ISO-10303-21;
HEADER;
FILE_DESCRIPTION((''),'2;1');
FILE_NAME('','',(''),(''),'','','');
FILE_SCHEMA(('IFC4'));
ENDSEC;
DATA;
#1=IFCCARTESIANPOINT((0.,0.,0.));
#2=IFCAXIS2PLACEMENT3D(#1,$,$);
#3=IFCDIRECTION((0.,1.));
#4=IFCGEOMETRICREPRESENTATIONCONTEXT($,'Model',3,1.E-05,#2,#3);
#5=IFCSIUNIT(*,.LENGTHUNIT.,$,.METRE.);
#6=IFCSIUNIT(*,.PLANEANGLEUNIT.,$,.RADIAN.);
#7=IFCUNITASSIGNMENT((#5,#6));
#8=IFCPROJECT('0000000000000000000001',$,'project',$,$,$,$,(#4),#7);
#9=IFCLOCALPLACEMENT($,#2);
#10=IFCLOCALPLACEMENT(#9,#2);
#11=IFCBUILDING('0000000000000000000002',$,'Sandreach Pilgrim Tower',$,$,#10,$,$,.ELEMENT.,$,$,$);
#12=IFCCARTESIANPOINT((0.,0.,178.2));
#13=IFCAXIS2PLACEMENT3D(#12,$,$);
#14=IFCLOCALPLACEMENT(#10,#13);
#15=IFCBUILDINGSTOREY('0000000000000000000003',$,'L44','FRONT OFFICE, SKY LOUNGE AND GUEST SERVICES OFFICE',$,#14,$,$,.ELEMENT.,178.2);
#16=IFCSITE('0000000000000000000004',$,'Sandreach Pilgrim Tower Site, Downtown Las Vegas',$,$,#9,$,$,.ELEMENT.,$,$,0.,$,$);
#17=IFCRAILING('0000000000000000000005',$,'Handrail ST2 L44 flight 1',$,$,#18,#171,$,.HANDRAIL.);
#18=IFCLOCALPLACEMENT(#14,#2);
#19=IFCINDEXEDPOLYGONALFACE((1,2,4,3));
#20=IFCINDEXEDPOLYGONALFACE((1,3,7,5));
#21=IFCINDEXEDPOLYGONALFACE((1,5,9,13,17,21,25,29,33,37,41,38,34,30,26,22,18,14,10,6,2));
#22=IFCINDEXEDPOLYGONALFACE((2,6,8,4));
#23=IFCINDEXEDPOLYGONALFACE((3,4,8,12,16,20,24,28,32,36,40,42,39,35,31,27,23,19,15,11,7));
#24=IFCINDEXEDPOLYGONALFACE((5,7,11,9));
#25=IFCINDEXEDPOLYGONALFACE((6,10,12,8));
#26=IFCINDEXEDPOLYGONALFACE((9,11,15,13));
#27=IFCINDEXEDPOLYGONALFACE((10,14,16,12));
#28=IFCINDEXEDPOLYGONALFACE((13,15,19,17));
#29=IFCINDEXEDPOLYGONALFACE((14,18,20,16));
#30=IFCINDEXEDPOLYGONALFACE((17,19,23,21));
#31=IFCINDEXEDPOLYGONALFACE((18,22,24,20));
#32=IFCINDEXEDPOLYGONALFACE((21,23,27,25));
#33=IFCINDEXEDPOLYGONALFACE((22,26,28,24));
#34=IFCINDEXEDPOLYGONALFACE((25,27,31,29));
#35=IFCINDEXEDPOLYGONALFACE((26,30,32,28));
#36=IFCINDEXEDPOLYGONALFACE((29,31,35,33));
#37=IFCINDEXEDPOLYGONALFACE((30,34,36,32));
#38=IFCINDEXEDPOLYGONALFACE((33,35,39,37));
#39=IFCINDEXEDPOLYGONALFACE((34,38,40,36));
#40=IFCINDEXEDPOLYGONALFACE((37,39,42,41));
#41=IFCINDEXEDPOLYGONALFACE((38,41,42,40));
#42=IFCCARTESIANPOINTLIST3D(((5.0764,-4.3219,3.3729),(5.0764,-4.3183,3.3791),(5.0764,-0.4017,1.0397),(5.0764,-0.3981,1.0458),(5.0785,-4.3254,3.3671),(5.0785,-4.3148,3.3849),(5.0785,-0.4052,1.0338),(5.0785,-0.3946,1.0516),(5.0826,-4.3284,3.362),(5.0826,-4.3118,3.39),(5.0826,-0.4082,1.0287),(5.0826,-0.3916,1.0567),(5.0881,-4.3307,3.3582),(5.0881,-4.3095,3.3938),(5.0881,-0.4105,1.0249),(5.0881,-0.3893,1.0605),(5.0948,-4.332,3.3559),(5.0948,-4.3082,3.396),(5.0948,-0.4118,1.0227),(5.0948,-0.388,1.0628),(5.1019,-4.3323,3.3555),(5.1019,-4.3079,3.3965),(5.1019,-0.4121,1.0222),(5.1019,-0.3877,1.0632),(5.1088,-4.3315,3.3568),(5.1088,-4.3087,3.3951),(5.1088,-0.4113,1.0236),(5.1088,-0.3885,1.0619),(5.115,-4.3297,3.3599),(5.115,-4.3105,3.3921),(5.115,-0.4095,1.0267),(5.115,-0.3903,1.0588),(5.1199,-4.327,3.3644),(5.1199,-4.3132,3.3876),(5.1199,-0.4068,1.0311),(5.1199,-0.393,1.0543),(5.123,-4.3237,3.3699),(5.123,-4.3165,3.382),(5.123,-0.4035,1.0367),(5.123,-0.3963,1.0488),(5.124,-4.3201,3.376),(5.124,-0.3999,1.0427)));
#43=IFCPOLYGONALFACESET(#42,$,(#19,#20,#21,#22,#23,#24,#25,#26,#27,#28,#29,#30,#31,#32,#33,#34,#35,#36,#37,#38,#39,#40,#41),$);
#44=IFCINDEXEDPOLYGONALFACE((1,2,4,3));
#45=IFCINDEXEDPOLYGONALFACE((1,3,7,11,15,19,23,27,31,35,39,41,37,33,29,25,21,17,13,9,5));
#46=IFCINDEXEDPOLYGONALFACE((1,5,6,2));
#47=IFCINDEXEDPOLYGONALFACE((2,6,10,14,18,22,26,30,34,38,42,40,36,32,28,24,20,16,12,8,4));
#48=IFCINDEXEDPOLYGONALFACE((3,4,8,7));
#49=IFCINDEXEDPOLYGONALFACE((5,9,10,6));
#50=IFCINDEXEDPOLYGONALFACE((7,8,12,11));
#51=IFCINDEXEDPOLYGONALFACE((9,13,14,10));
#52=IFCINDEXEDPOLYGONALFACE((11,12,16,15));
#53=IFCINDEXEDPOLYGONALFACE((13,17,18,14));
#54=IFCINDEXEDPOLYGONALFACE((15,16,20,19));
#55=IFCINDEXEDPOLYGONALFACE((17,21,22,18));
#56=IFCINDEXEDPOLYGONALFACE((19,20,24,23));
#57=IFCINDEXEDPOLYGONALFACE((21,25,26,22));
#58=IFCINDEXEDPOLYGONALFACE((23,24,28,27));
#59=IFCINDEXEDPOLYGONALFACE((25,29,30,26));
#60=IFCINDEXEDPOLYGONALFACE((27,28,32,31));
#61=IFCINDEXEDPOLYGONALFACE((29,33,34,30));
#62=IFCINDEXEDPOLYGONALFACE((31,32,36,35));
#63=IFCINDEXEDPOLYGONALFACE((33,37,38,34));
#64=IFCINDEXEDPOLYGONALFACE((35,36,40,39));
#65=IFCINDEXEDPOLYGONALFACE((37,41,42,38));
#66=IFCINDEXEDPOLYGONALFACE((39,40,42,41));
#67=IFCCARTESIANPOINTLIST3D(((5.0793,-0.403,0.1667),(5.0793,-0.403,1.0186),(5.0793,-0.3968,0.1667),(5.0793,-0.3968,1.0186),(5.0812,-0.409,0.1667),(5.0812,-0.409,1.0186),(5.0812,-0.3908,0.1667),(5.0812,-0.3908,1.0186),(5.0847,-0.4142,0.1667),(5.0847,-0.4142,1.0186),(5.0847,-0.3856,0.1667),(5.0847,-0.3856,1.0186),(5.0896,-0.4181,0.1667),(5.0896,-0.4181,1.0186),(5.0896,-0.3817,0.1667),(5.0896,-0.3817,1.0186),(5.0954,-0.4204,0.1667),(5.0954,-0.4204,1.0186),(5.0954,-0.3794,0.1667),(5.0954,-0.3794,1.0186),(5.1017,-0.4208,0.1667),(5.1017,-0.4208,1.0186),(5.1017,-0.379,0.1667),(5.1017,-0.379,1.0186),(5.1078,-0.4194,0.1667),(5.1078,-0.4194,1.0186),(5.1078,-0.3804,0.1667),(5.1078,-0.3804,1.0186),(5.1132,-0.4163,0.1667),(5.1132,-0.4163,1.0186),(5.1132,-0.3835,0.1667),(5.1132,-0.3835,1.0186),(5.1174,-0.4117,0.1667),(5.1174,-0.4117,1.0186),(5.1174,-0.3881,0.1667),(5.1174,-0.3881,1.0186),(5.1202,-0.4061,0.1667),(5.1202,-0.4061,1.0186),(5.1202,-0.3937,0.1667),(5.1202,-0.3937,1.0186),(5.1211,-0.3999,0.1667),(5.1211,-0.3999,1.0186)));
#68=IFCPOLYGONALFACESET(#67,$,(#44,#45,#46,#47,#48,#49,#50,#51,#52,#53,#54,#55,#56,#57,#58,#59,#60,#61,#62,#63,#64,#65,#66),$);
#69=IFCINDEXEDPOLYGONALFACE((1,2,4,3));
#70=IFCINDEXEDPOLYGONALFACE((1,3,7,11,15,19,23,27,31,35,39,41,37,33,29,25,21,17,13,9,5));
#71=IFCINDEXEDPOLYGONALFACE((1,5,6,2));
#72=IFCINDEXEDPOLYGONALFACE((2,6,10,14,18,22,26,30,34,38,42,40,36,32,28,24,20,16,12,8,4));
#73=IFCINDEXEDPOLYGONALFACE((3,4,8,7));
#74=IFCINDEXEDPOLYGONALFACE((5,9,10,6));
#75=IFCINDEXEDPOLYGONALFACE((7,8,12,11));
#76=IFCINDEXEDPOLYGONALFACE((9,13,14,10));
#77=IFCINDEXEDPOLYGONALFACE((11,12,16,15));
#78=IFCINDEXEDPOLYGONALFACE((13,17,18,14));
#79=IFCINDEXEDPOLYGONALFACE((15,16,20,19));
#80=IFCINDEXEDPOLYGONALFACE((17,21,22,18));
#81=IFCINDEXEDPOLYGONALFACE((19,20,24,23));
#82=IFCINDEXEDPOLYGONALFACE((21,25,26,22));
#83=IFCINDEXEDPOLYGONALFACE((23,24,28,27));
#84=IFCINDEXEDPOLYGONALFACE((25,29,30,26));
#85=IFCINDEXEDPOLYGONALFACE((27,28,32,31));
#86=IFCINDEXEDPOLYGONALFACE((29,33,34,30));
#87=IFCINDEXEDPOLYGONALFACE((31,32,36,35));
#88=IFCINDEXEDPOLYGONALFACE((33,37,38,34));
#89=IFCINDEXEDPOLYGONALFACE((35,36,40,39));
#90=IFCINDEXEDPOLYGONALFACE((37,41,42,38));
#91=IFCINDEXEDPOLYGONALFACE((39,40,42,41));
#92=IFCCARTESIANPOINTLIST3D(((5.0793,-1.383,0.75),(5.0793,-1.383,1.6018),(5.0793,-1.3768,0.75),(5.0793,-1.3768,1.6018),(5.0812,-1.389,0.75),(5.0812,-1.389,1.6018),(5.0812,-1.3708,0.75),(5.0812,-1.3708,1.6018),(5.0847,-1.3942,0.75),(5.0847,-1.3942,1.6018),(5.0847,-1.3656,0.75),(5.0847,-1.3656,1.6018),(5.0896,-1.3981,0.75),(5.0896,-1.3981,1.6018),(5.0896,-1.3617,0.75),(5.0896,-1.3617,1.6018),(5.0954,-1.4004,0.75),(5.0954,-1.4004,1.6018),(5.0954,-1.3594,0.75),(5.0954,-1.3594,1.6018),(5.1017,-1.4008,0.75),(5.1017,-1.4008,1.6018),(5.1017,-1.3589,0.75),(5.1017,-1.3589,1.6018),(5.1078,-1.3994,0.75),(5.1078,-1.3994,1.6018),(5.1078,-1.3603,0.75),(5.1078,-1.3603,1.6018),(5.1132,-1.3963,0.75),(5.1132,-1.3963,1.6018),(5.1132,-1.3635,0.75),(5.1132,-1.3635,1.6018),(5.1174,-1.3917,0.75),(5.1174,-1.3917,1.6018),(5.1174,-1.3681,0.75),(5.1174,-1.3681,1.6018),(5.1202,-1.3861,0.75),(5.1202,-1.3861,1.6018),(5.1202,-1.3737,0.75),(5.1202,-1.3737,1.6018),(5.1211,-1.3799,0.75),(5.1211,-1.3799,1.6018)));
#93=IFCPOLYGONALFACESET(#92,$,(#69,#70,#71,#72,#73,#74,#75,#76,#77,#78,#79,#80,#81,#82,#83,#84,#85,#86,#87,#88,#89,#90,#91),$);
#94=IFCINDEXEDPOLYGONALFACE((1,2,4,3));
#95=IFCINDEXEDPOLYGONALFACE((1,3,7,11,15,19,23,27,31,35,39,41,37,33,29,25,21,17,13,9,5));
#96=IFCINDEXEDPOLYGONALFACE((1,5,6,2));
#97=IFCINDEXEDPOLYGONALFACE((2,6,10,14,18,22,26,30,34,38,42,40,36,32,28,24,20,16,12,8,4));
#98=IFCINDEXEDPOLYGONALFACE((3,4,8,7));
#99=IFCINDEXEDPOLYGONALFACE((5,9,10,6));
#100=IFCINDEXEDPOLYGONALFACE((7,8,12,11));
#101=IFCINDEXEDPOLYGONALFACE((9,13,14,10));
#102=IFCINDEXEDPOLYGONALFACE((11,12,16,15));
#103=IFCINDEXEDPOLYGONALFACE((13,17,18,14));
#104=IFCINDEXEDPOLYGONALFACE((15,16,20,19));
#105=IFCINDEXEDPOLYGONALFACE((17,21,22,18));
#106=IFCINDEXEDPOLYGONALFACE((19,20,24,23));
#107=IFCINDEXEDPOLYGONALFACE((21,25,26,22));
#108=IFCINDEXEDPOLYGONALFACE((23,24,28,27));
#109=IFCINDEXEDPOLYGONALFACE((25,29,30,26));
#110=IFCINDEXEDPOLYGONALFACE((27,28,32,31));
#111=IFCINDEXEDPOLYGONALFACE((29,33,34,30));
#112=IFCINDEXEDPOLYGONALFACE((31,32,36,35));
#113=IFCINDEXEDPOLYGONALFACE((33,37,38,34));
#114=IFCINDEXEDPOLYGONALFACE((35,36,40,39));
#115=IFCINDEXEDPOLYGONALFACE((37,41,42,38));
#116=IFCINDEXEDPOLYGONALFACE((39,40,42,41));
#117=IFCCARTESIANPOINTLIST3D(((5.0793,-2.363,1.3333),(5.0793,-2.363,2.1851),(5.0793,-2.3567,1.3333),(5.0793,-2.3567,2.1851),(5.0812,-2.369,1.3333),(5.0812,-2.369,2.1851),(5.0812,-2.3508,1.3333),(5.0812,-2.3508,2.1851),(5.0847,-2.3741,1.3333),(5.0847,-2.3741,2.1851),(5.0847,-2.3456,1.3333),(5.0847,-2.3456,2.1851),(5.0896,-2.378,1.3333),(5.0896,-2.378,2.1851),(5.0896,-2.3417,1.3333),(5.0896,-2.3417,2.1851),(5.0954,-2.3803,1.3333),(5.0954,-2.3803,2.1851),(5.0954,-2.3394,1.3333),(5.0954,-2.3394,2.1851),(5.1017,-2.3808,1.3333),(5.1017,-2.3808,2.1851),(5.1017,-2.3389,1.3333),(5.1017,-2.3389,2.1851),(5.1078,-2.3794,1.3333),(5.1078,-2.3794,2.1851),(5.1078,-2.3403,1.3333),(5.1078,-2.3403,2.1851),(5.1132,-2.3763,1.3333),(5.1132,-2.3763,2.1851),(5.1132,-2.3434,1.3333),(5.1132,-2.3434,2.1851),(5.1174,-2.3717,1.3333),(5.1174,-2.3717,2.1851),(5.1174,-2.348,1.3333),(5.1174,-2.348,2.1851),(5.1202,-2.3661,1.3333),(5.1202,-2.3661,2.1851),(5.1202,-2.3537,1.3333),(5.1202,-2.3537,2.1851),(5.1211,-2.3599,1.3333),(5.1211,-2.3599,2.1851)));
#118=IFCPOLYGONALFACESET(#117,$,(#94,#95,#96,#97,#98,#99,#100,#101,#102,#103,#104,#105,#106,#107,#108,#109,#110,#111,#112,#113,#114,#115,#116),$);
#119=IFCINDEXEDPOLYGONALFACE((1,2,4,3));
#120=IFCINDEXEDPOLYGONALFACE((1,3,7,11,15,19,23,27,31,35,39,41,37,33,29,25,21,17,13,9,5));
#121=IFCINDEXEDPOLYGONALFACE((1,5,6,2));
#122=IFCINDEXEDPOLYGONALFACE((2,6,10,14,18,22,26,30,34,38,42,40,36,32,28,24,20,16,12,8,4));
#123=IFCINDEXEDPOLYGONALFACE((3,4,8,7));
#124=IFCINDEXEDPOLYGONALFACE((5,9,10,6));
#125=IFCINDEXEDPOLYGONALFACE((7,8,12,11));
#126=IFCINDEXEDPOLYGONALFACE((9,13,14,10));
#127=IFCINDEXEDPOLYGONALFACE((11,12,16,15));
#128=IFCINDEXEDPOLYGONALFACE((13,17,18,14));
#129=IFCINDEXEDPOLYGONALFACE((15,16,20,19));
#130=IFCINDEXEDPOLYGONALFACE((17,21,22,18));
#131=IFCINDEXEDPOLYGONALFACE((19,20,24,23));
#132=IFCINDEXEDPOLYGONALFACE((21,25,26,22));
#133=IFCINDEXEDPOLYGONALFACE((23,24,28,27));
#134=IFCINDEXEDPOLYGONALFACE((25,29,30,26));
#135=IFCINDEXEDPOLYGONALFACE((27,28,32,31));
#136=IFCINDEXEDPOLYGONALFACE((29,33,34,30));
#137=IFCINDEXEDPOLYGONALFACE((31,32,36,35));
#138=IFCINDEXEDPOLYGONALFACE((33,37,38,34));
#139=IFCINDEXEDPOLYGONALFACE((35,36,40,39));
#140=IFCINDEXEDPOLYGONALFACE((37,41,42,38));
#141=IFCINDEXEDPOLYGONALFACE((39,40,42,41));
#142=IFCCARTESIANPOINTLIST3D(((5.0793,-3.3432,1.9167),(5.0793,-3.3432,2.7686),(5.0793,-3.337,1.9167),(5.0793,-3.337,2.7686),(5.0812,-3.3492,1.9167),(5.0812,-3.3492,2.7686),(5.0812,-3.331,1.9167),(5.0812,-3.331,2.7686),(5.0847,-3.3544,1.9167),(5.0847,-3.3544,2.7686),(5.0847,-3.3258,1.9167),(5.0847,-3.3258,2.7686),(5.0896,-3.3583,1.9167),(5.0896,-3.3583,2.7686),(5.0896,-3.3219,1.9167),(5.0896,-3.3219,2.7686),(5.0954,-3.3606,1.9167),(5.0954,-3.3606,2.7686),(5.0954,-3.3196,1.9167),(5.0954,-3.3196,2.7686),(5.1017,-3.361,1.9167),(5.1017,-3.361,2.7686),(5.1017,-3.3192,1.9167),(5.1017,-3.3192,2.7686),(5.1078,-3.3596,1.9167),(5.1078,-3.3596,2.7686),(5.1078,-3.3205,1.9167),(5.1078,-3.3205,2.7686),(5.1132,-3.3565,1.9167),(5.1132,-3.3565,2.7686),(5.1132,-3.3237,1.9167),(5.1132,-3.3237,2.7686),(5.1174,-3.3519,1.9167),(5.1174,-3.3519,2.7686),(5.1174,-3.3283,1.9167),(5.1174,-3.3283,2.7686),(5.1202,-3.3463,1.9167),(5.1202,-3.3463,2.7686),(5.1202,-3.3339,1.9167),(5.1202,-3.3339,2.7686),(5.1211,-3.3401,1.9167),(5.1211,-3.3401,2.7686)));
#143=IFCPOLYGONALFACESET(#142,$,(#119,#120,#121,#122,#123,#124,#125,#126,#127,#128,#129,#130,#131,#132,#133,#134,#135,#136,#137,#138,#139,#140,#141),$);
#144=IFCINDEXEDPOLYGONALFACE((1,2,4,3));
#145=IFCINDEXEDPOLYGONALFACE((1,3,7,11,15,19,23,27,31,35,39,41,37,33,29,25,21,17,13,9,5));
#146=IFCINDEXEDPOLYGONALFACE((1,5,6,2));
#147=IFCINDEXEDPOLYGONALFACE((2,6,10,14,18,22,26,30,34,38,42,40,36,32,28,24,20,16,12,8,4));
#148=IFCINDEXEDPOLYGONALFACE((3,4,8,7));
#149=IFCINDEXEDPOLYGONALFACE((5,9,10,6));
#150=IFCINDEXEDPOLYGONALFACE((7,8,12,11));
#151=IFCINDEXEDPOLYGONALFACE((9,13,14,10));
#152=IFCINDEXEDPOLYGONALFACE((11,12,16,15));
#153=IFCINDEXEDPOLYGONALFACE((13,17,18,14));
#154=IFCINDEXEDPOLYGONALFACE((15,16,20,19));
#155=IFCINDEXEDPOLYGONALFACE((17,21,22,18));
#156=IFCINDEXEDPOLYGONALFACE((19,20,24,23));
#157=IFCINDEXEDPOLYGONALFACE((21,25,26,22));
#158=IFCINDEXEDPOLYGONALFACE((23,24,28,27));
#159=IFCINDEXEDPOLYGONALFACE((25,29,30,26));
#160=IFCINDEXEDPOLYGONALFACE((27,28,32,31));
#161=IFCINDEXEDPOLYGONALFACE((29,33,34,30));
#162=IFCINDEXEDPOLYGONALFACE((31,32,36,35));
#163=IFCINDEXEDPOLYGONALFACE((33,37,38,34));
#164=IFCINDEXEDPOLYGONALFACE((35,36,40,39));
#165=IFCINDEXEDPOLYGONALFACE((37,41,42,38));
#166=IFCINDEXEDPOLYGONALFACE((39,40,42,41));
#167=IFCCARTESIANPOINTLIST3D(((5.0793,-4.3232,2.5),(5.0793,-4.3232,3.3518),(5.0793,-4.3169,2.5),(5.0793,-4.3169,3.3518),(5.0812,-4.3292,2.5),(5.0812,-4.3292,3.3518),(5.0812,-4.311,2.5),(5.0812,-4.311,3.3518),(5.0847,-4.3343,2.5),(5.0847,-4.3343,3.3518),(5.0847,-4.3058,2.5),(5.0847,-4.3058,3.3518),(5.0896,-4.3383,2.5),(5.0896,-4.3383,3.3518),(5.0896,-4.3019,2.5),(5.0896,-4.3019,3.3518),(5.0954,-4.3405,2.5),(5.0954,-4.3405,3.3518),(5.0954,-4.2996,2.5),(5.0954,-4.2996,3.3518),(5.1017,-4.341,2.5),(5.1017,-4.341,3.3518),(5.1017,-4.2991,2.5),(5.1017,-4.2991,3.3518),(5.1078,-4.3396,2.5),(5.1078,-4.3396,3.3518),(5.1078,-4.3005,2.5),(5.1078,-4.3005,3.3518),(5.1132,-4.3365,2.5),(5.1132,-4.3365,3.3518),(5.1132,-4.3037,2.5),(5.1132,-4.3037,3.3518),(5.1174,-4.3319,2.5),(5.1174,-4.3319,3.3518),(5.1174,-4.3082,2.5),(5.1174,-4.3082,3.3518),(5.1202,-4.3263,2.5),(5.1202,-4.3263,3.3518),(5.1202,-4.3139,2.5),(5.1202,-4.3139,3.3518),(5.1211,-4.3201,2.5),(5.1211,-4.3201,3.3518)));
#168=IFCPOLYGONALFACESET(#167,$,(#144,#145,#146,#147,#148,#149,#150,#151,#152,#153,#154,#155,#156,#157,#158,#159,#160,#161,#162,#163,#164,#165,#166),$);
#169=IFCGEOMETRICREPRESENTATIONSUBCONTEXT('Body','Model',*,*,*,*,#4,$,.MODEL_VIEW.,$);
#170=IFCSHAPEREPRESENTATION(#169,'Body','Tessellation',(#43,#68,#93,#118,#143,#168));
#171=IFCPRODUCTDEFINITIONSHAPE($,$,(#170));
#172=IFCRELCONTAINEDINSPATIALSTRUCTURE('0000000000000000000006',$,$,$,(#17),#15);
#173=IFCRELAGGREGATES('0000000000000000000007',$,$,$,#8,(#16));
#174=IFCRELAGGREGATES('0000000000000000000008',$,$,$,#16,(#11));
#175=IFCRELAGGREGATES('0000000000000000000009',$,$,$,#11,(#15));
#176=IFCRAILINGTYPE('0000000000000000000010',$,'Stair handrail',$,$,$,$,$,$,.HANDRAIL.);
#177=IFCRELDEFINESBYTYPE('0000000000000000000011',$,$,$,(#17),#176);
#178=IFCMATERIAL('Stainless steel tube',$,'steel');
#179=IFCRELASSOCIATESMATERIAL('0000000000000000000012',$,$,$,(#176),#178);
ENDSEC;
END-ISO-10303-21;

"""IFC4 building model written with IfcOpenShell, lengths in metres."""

from ifc_helpers import new_model, si_unit, direction, frame, origin, origin_2d, place, context, subcontext, project, spatial, circle, extrude, material, type_object, element, save


model = new_model("IFC4")

# Units and contexts
model_context = context("Model", 3, precision=1e-05, world=origin(), true_north=direction((0.0, 1.0)))
body_context = subcontext(model_context, "Body", "Model", "MODEL_VIEW")
ifc_project = project(units=[si_unit("LENGTHUNIT", "METRE"), si_unit("PLANEANGLEUNIT", "RADIAN")], contexts=[model_context])

# Site, building, storey
site_placement = place(None, origin())
site = spatial("IfcSite", under=ifc_project, at=site_placement, Name="Sandreach Pilgrim Tower Site, Downtown Las Vegas", CompositionType="ELEMENT", RefElevation=0.0)
building_placement = place(site_placement, origin())
building = spatial("IfcBuilding", under=site, at=building_placement, Name="Sandreach Pilgrim Tower", CompositionType="ELEMENT")
storey_placement = place(building_placement, frame((0.0, 0.0, 178.2)))
storey = spatial("IfcBuildingStorey", under=building, at=storey_placement, Name="L44", Description="FRONT OFFICE, SKY LOUNGE AND GUEST SERVICES OFFICE", CompositionType="ELEMENT", Elevation=178.2)

# Railing
ifc_material_1 = material(Name="Stainless steel tube", Category="steel")
railing_type = type_object("IfcRailingType", Name="Stair handrail", PredefinedType="HANDRAIL", material=ifc_material_1)
for number, where, name in (
    (1, (5.1001, -0.3999, 0.1667), "Handrail ST2 L44 flight 1"),
):
    element("IfcRailing", number, at=place(storey_placement, frame(where)), inside=storey, type_object=railing_type, Name=name, PredefinedType="HANDRAIL", context=body_context, shape_type="SweptSolid", body=[
        extrude(circle(Radius=0.0239, at=origin_2d()), frame((0.0, 0.0, 0.876), z_axis=(0.0, -0.85931, 0.511455), x_axis=(1.0, 0.0, 0.0)), (0.0, 0.0, 1.0), 4.562),
        extrude(circle(Radius=0.021, at=origin_2d()), origin(), (0.0, 0.0, 1.0), 0.8518),
        extrude(circle(Radius=0.021, at=origin_2d()), frame((0.0, -0.98, 0.5833)), (0.0, 0.0, 1.0), 0.8518),
        extrude(circle(Radius=0.021, at=origin_2d()), frame((0.0, -1.96, 1.1665)), (0.0, 0.0, 1.0), 0.8518),
        extrude(circle(Radius=0.021, at=origin_2d()), frame((0.0, -2.9402, 1.75)), (0.0, 0.0, 1.0), 0.8518),
        extrude(circle(Radius=0.021, at=origin_2d()), frame((0.0, -3.9202, 2.3333)), (0.0, 0.0, 1.0), 0.8518),
    ])

save(model, "model.ifc")
